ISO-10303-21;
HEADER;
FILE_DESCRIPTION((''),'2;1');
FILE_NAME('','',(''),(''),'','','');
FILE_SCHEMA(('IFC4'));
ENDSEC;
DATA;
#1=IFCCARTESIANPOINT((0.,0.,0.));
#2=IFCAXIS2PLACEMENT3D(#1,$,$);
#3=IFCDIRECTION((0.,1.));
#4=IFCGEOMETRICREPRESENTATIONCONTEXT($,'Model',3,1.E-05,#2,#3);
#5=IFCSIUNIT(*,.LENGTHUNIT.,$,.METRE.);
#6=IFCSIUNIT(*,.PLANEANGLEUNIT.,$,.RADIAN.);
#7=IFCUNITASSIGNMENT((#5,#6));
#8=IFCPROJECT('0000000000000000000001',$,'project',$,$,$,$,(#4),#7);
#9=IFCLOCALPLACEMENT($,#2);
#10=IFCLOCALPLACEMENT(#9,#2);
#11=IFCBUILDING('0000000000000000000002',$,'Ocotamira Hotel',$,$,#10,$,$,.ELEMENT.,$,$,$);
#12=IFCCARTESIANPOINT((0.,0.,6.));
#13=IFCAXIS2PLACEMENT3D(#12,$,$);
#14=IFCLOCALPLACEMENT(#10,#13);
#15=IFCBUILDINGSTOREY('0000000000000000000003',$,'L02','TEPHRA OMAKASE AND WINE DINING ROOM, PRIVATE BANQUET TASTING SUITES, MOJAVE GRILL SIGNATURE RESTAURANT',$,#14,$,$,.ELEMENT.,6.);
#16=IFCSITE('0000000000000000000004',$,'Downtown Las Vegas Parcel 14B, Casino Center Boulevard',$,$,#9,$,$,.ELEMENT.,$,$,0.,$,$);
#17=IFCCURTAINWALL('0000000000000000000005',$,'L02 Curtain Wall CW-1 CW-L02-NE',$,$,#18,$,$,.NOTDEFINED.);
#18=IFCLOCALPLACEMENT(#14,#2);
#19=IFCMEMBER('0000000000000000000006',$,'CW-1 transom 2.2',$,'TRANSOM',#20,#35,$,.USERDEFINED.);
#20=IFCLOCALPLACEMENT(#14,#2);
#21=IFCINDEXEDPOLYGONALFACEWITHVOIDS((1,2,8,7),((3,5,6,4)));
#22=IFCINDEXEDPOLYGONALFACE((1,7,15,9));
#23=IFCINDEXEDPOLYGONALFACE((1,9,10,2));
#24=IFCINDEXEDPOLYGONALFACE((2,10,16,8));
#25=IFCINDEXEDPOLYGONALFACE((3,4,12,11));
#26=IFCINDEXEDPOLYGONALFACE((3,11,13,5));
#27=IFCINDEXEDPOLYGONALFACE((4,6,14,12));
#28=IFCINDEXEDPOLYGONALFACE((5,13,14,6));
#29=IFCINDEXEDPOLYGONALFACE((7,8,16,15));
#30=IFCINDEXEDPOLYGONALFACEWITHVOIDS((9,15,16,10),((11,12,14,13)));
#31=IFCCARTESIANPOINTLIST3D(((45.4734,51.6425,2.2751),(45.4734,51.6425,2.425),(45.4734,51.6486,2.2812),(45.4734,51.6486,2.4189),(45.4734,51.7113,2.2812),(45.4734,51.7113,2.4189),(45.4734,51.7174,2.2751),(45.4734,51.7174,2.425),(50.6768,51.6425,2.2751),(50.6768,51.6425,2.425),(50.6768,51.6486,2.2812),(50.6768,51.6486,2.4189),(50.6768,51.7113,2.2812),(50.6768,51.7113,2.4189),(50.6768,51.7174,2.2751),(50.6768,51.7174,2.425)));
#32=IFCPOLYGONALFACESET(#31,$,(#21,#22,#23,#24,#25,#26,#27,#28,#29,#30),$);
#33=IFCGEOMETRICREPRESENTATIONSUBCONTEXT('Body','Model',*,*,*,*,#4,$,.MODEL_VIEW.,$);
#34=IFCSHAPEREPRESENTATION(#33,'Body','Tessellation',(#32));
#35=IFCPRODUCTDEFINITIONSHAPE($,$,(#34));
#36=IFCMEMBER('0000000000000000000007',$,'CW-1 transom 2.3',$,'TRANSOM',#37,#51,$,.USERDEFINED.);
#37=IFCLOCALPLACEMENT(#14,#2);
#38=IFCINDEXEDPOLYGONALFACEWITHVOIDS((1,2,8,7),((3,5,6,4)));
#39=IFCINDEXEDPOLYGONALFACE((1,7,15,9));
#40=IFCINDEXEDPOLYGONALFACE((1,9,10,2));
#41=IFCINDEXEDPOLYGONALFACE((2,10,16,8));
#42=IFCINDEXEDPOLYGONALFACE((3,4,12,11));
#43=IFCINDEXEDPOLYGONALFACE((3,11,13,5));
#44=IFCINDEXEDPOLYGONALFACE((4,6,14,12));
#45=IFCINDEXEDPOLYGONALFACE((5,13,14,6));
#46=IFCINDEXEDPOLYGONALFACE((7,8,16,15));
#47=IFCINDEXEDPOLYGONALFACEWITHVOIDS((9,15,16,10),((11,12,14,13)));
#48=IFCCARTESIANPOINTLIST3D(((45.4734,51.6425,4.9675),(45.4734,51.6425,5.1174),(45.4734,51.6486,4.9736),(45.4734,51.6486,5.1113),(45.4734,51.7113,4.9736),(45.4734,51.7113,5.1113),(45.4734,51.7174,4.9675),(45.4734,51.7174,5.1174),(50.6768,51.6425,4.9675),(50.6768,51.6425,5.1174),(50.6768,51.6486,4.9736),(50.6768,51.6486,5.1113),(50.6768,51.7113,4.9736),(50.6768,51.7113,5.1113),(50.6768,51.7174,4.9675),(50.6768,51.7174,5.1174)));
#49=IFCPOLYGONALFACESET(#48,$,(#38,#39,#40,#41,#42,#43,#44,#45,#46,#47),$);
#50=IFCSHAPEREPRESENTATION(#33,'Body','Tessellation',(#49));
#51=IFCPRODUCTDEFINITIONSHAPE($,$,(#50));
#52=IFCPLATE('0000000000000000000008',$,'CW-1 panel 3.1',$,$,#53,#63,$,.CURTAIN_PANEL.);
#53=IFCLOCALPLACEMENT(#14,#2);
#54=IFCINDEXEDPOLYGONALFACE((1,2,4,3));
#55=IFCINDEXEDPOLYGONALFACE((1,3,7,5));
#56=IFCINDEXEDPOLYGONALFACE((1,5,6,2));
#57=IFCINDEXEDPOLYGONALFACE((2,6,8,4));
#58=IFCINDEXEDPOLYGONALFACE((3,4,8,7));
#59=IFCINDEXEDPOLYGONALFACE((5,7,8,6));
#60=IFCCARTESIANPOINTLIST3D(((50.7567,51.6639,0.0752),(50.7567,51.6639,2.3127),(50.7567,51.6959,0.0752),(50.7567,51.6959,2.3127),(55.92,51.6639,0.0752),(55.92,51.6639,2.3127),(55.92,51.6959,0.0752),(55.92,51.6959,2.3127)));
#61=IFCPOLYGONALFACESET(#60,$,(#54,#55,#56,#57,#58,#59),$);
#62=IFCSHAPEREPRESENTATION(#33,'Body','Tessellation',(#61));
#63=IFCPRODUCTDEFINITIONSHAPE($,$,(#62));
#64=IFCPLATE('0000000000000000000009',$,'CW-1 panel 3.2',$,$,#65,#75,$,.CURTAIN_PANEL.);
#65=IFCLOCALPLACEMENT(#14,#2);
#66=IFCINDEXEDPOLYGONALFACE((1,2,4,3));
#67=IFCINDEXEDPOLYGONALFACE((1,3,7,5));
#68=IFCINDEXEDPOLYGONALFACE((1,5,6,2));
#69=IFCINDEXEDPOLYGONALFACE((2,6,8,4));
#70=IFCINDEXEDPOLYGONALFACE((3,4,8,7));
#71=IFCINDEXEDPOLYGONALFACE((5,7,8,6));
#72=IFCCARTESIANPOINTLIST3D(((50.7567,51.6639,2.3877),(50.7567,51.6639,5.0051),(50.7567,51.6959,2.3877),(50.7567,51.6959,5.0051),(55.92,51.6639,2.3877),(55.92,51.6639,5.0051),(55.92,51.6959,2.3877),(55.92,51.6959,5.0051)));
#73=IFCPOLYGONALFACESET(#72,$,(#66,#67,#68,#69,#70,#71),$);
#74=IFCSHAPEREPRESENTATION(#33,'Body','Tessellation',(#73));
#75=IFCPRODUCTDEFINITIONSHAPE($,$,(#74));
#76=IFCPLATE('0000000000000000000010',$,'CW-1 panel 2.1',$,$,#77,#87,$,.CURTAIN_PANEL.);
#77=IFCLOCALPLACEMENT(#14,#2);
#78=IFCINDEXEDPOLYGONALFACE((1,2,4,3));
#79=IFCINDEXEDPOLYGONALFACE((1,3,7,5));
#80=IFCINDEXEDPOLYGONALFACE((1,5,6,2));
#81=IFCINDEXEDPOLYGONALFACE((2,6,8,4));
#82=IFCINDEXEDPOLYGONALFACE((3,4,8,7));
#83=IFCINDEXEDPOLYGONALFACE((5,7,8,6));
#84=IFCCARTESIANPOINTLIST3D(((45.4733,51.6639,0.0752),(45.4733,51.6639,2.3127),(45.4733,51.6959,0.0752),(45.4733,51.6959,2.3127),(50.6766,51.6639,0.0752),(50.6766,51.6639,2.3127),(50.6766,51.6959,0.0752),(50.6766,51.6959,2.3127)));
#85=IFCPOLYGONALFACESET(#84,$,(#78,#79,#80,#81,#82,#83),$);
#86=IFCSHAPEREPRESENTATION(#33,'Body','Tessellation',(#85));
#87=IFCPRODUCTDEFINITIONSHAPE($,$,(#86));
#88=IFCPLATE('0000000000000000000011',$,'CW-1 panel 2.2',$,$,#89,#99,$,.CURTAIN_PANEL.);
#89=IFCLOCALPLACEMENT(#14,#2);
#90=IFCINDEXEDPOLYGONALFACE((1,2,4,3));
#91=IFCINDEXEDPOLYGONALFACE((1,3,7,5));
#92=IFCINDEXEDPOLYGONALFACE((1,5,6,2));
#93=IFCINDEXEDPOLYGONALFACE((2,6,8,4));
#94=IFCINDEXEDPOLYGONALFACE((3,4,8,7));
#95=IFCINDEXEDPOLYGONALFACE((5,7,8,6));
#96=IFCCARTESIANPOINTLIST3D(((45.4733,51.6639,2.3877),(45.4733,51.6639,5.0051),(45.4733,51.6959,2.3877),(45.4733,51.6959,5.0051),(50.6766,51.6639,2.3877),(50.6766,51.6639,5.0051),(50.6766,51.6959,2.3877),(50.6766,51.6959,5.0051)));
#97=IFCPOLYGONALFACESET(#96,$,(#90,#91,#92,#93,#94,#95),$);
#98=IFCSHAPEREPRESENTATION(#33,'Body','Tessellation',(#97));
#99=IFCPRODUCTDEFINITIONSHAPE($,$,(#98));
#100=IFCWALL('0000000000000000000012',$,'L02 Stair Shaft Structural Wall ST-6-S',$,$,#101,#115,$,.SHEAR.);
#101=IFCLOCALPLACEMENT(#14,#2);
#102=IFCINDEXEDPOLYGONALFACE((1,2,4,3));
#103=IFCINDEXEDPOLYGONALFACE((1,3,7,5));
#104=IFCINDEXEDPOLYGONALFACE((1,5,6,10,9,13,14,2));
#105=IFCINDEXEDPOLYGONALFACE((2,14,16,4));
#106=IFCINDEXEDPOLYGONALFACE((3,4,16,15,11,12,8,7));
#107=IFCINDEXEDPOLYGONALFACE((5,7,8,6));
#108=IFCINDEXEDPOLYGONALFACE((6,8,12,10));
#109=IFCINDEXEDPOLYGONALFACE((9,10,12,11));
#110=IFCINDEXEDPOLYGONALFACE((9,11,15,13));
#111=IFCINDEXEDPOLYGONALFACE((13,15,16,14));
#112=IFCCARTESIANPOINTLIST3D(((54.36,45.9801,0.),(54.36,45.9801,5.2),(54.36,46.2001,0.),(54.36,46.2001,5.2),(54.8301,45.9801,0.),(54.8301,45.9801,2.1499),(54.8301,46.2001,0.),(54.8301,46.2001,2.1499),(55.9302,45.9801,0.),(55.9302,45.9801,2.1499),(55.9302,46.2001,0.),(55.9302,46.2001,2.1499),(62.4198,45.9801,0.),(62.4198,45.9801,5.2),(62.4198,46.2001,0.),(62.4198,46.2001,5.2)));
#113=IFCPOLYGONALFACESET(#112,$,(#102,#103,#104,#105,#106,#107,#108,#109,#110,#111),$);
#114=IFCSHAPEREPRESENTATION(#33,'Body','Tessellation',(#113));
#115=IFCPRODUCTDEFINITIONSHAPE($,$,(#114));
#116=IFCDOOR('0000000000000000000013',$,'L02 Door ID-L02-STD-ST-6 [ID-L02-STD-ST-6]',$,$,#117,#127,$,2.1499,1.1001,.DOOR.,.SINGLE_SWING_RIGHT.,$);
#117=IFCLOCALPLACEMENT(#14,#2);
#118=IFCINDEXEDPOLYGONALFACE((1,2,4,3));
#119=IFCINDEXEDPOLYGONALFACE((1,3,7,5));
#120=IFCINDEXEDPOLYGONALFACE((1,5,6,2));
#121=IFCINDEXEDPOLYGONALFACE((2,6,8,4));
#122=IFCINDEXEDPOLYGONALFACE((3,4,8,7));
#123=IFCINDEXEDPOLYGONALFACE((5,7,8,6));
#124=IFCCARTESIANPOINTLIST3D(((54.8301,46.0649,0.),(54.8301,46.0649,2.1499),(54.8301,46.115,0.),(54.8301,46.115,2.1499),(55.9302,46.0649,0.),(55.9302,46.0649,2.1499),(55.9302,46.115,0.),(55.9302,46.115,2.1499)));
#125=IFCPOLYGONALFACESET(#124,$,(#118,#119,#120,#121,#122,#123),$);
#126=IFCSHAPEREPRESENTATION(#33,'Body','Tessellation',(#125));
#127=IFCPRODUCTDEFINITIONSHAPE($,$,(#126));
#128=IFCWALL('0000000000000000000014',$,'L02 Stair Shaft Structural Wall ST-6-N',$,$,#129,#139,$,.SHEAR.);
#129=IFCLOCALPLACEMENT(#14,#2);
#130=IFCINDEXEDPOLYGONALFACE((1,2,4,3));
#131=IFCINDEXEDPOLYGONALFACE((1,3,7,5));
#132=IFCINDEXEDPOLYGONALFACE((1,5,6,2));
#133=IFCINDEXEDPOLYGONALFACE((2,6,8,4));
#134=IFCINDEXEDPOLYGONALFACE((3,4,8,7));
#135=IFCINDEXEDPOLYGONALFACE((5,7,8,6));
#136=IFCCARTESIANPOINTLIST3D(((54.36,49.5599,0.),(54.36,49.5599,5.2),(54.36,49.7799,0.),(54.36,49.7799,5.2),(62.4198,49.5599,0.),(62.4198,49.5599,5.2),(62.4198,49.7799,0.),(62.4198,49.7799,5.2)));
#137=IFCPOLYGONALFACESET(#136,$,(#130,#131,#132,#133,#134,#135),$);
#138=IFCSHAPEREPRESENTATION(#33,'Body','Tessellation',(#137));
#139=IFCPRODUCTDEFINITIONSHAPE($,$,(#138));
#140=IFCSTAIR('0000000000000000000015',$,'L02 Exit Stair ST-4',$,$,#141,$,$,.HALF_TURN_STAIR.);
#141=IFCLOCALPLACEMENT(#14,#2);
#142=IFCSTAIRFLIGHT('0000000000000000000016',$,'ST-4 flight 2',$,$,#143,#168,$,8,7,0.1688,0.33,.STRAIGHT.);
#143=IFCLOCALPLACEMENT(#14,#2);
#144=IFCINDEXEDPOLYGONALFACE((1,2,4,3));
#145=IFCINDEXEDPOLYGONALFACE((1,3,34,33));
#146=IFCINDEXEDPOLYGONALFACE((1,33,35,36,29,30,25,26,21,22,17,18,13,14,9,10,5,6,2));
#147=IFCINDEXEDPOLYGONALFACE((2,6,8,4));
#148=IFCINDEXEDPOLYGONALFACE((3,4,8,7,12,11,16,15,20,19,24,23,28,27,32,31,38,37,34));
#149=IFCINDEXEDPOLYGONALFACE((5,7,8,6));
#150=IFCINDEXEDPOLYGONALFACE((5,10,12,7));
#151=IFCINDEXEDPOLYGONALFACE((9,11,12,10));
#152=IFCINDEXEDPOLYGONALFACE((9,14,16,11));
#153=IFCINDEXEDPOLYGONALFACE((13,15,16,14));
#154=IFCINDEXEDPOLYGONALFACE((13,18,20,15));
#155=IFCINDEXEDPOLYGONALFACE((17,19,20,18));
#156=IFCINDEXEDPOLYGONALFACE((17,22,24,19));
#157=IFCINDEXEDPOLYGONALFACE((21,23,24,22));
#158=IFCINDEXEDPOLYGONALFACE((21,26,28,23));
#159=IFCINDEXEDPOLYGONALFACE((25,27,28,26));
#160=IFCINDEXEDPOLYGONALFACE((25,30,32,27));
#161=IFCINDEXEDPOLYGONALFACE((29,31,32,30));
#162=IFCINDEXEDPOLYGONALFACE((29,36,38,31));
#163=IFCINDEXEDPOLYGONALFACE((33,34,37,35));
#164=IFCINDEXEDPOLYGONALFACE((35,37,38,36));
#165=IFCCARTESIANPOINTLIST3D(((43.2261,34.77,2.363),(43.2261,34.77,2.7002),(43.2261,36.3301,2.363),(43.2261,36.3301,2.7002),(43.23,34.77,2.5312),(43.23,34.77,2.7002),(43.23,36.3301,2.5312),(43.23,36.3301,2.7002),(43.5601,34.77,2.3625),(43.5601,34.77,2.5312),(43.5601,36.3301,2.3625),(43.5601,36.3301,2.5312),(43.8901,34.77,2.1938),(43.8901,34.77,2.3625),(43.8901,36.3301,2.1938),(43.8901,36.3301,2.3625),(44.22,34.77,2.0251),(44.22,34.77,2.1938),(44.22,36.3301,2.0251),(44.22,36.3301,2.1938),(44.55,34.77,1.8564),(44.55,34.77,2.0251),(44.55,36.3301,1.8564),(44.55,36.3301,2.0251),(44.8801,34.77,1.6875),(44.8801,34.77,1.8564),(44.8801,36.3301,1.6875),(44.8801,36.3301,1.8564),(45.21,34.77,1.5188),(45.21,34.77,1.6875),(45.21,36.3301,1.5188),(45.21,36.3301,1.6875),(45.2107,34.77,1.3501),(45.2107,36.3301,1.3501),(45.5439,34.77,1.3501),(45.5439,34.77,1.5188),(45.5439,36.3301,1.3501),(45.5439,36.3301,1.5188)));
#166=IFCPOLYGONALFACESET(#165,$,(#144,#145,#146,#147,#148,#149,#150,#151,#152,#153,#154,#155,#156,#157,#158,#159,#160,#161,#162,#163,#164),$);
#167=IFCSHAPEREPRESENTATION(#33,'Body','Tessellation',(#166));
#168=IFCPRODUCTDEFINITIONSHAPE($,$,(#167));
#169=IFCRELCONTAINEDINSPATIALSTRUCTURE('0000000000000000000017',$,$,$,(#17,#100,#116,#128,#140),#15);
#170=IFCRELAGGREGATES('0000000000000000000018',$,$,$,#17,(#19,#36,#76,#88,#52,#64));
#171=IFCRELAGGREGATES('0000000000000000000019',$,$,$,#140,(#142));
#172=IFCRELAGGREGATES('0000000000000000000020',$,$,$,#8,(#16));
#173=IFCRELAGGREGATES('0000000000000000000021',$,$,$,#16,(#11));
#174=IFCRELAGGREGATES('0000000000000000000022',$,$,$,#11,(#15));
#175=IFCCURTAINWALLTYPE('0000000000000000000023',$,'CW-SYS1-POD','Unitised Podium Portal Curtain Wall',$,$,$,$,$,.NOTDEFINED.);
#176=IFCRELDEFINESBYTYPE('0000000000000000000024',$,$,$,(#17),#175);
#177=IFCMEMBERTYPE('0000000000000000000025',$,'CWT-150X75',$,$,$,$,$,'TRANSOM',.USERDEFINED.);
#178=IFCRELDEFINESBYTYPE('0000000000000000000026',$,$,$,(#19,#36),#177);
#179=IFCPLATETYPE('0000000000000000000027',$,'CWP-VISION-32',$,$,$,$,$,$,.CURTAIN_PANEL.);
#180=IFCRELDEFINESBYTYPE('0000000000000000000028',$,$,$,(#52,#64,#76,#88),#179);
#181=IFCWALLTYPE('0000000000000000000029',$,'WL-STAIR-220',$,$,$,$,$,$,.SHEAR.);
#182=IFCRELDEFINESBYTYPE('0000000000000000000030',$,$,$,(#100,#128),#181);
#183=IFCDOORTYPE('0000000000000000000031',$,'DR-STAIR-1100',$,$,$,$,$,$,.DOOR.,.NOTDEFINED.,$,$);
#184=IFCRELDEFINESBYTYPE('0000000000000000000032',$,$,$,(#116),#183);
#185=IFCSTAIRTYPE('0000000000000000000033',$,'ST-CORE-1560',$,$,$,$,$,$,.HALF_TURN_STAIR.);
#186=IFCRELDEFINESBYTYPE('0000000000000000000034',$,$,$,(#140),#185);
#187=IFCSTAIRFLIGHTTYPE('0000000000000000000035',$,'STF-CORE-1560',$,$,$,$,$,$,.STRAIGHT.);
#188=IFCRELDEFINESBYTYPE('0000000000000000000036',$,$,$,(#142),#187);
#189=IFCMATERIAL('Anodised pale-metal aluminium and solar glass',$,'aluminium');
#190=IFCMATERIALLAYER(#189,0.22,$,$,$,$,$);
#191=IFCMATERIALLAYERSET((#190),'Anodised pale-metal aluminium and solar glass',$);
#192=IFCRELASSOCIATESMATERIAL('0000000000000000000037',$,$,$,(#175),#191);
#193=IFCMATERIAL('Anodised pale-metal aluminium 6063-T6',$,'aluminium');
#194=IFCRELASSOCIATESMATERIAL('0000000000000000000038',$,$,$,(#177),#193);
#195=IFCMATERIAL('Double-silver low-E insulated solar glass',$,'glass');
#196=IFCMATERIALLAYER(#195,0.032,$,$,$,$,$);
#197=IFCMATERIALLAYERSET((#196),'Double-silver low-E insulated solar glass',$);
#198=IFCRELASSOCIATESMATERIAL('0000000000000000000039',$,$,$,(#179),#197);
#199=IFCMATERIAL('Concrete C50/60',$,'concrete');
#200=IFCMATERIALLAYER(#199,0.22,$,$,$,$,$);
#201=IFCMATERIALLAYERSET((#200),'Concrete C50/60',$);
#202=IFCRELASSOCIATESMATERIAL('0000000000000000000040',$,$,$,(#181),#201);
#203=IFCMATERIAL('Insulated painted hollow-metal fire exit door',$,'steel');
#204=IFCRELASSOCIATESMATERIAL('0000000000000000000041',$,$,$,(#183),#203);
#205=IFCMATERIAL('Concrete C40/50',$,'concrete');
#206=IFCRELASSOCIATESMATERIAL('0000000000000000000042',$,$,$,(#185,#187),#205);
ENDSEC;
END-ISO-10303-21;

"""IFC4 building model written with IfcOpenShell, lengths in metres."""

from ifc_helpers import new_model, si_unit, direction, frame, frame_2d, origin, origin_2d, place, context, subcontext, project, spatial, polyline, rectangle, hollow_rectangle, outline, extrude, source, transform, mapped, material, layer, layer_set, material_profile, profile_set, type_object, element, fill, aggregate, save


model = new_model("IFC4")

# Units and contexts
model_context = context("Model", 3, precision=1e-05, world=origin(), true_north=direction((0.0, 1.0)))
body_context = subcontext(model_context, "Body", "Model", "MODEL_VIEW")
ifc_project = project(units=[si_unit("LENGTHUNIT", "METRE"), si_unit("PLANEANGLEUNIT", "RADIAN")], contexts=[model_context])

# Site, building, storey
site_placement = place(None, origin())
site = spatial("IfcSite", under=ifc_project, at=site_placement, Name="Downtown Las Vegas Parcel 14B, Casino Center Boulevard", CompositionType="ELEMENT", RefElevation=0.0)
building_placement = place(site_placement, origin())
building = spatial("IfcBuilding", under=site, at=building_placement, Name="Ocotamira Hotel", CompositionType="ELEMENT")
storey_placement = place(building_placement, frame((0.0, 0.0, 6.0)))
storey = spatial("IfcBuildingStorey", under=building, at=storey_placement, Name="L02", Description="TEPHRA OMAKASE AND WINE DINING ROOM, PRIVATE BANQUET TASTING SUITES, MOJAVE GRILL SIGNATURE RESTAURANT", CompositionType="ELEMENT", Elevation=6.0)

# Curtain wall, members, plates
ifc_material_1 = material(Name="Anodised pale-metal aluminium and solar glass", Category="aluminium")
ifc_layer_1 = layer(ifc_material_1, 0.22)
ifc_layer_set_1 = layer_set([ifc_layer_1], Name="Anodised pale-metal aluminium and solar glass")
curtain_wall_type = type_object("IfcCurtainWallType", Name="CW-SYS1-POD", Description="Unitised Podium Portal Curtain Wall", PredefinedType="NOTDEFINED", material=ifc_layer_set_1)
curtain_wall_placement = place(storey_placement, origin())
curtain_wall = element("IfcCurtainWall", 1, at=curtain_wall_placement, inside=storey, type_object=curtain_wall_type, Name="L02 Curtain Wall CW-1 CW-L02-NE", PredefinedType="NOTDEFINED")
ifc_material_2 = material(Name="Anodised pale-metal aluminium 6063-T6", Category="aluminium")
ifc_material_profile_1 = material_profile(ifc_material_2, hollow_rectangle(XDim=0.075, YDim=0.1499, WallThickness=0.0061, at=origin_2d()), Name="HSS150X75X6")
ifc_profile_set_1 = profile_set([ifc_material_profile_1], Name="Anodised pale-metal aluminium 6063-T6")
member_type_1 = type_object("IfcMemberType", Name="CWT-150X75", ElementType="TRANSOM", PredefinedType="USERDEFINED", material=ifc_profile_set_1)
shared_shape_1 = source(origin(), body_context, "Body", "SweptSolid", [
    extrude(hollow_rectangle(XDim=0.075, YDim=0.1499, WallThickness=0.0061, at=origin_2d()), origin(), (0.0, 0.0, 1.0), 5.2034),
])
member_1_placement = place(storey_placement, frame((45.4734, 51.6799, 2.3501), z_axis=(1.0, 0.0, 0.0), x_axis=(0.0, 1.0, 0.0)))
member_1 = element("IfcMember", 2, at=member_1_placement, type_object=member_type_1, Name="CW-1 transom 2.2", ObjectType="TRANSOM", PredefinedType="USERDEFINED", context=body_context, shape_type="MappedRepresentation", body=[
    mapped(shared_shape_1, transform((0.0, 0.0, 0.0), scale=1.0)),
])
member_2_placement = place(storey_placement, frame((45.4734, 51.6799, 5.0425), z_axis=(1.0, 0.0, 0.0), x_axis=(0.0, 1.0, 0.0)))
member_2 = element("IfcMember", 3, at=member_2_placement, type_object=member_type_1, Name="CW-1 transom 2.3", ObjectType="TRANSOM", PredefinedType="USERDEFINED", context=body_context, shape_type="MappedRepresentation", body=[
    mapped(shared_shape_1, transform((0.0, 0.0, 0.0), scale=1.0)),
])
ifc_material_3 = material(Name="Double-silver low-E insulated solar glass", Category="glass")
ifc_layer_2 = layer(ifc_material_3, 0.032)
ifc_layer_set_2 = layer_set([ifc_layer_2], Name="Double-silver low-E insulated solar glass")
plate_type = type_object("IfcPlateType", Name="CWP-VISION-32", PredefinedType="CURTAIN_PANEL", material=ifc_layer_set_2)
shared_shape_2 = source(origin(), body_context, "Body", "SweptSolid", [
    extrude(rectangle(XDim=5.1633, YDim=0.032, at=origin_2d()), origin(), (0.0, 0.0, 1.0), 2.2375),
])
plate_1_placement = place(storey_placement, frame((53.3384, 51.6799, 0.0752), z_axis=(0.0, 0.0, 1.0), x_axis=(1.0, 0.0, 0.0)))
plate_1 = element("IfcPlate", 4, at=plate_1_placement, type_object=plate_type, Name="CW-1 panel 3.1", PredefinedType="CURTAIN_PANEL", context=body_context, shape_type="MappedRepresentation", body=[
    mapped(shared_shape_2, transform((0.0, 0.0, 0.0), scale=1.0)),
])
shared_shape_3 = source(origin(), body_context, "Body", "SweptSolid", [
    extrude(rectangle(XDim=5.1633, YDim=0.032, at=origin_2d()), origin(), (0.0, 0.0, 1.0), 2.6174),
])
plate_2_placement = place(storey_placement, frame((53.3384, 51.6799, 2.3877), z_axis=(0.0, 0.0, 1.0), x_axis=(1.0, 0.0, 0.0)))
plate_2 = element("IfcPlate", 5, at=plate_2_placement, type_object=plate_type, Name="CW-1 panel 3.2", PredefinedType="CURTAIN_PANEL", context=body_context, shape_type="MappedRepresentation", body=[
    mapped(shared_shape_3, transform((0.0, 0.0, 0.0), scale=1.0)),
])
shared_shape_4 = source(origin(), body_context, "Body", "SweptSolid", [
    extrude(rectangle(XDim=5.2034, YDim=0.032, at=origin_2d()), origin(), (0.0, 0.0, 1.0), 2.2375),
])
plate_3_placement = place(storey_placement, frame((48.075, 51.6799, 0.0752), z_axis=(0.0, 0.0, 1.0), x_axis=(1.0, 0.0, 0.0)))
plate_3 = element("IfcPlate", 6, at=plate_3_placement, type_object=plate_type, Name="CW-1 panel 2.1", PredefinedType="CURTAIN_PANEL", context=body_context, shape_type="MappedRepresentation", body=[
    mapped(shared_shape_4, transform((0.0, 0.0, 0.0), scale=1.0)),
])
shared_shape_5 = source(origin(), body_context, "Body", "SweptSolid", [
    extrude(rectangle(XDim=5.2034, YDim=0.032, at=origin_2d()), origin(), (0.0, 0.0, 1.0), 2.6174),
])
plate_4_placement = place(storey_placement, frame((48.075, 51.6799, 2.3877), z_axis=(0.0, 0.0, 1.0), x_axis=(1.0, 0.0, 0.0)))
plate_4 = element("IfcPlate", 7, at=plate_4_placement, type_object=plate_type, Name="CW-1 panel 2.2", PredefinedType="CURTAIN_PANEL", context=body_context, shape_type="MappedRepresentation", body=[
    mapped(shared_shape_5, transform((0.0, 0.0, 0.0), scale=1.0)),
])
aggregate(curtain_wall, [member_1, member_2, plate_3, plate_4, plate_1, plate_2])

# Wall, opening, door
ifc_material_4 = material(Name="Concrete C50/60", Category="concrete")
ifc_layer_3 = layer(ifc_material_4, 0.22)
ifc_layer_set_3 = layer_set([ifc_layer_3], Name="Concrete C50/60")
wall_type = type_object("IfcWallType", Name="WL-STAIR-220", PredefinedType="SHEAR", material=ifc_layer_set_3)
wall_1_placement = place(storey_placement, frame((54.3601, 46.0901, 0.0), z_axis=(0.0, 0.0, 1.0), x_axis=(1.0, 0.0, 0.0)))
wall_1 = element("IfcWall", 8, at=wall_1_placement, inside=storey, type_object=wall_type, Name="L02 Stair Shaft Structural Wall ST-6-S", PredefinedType="SHEAR", context=body_context, shape_type="SweptSolid", body=[
    extrude(rectangle(XDim=8.0598, YDim=0.22, at=frame_2d((4.0298, 0.0))), origin(), (0.0, 0.0, 1.0), 5.2),
])
opening_placement = place(wall_1_placement, frame((0.47, 0.0, 0.0)))
opening = element("IfcOpeningElement", 9, at=opening_placement, cuts=wall_1, PredefinedType="OPENING", context=body_context, shape_type="SweptSolid", body=[
    extrude(rectangle(XDim=1.1001, YDim=2.1499, at=frame_2d((0.55, 1.075))), frame((0.0, 0.1201, 0.0), z_axis=(0.0, -1.0, 0.0), x_axis=(1.0, 0.0, 0.0)), (0.0, 0.0, 1.0), 0.24),
])
ifc_material_5 = material(Name="Insulated painted hollow-metal fire exit door", Category="steel")
door_type = type_object("IfcDoorType", Name="DR-STAIR-1100", OperationType="NOTDEFINED", PredefinedType="DOOR", material=ifc_material_5)
shared_shape_6 = source(origin(), body_context, "Body", "SweptSolid", [
    extrude(rectangle(XDim=1.1001, YDim=2.1499, at=frame_2d((0.55, 1.075))), frame((0.0, 0.0249, 0.0), z_axis=(0.0, -1.0, 0.0), x_axis=(1.0, 0.0, 0.0)), (0.0, 0.0, 1.0), 0.05),
])
door_placement = place(opening_placement, origin())
door = element("IfcDoor", 10, at=door_placement, inside=storey, type_object=door_type, Name="L02 Door ID-L02-STD-ST-6 [ID-L02-STD-ST-6]", OperationType="SINGLE_SWING_RIGHT", OverallHeight=2.1499, OverallWidth=1.1001, PredefinedType="DOOR", context=body_context, shape_type="MappedRepresentation", body=[
    mapped(shared_shape_6, transform((0.0, 0.0, 0.0), scale=1.0)),
])
fill(opening, door)

# Wall
wall_2_placement = place(storey_placement, frame((54.3601, 49.6699, 0.0), z_axis=(0.0, 0.0, 1.0), x_axis=(1.0, 0.0, 0.0)))
element("IfcWall", 11, at=wall_2_placement, inside=storey, type_object=wall_type, Name="L02 Stair Shaft Structural Wall ST-6-N", PredefinedType="SHEAR", context=body_context, shape_type="SweptSolid", body=[
    extrude(rectangle(XDim=8.0598, YDim=0.22, at=frame_2d((4.0298, 0.0))), origin(), (0.0, 0.0, 1.0), 5.2),
])

# Stair, stair flight
ifc_material_6 = material(Name="Concrete C40/50", Category="concrete")
stair_type = type_object("IfcStairType", Name="ST-CORE-1560", PredefinedType="HALF_TURN_STAIR", material=ifc_material_6)
stair_placement = place(storey_placement, origin())
stair = element("IfcStair", 12, at=stair_placement, inside=storey, type_object=stair_type, Name="L02 Exit Stair ST-4", PredefinedType="HALF_TURN_STAIR")
stair_flight_type = type_object("IfcStairFlightType", Name="STF-CORE-1560", PredefinedType="STRAIGHT", material=ifc_material_6)
shared_shape_7 = source(origin(), body_context, "Body", "SweptSolid", [
    extrude(outline(polyline([(-0.0039, 0.0), (-0.0039, 0.1687), (0.3301, 0.1687), (0.3301, 0.3374), (0.6599, 0.3374), (0.6599, 0.5063), (0.99, 0.5063), (0.99, 0.675), (1.3201, 0.675), (1.3201, 0.8438), (1.6499, 0.8438), (1.6499, 1.0125), (1.98, 1.0125), (1.98, 1.1812), (2.3101, 1.1812), (2.3101, 1.3501), (2.314, 1.3501), (2.314, 1.0129), (0.3293, 0.0), (-0.0039, 0.0)])), frame((0.0, 0.78, 0.0), z_axis=(0.0, -1.0, 0.0), x_axis=(1.0, 0.0, 0.0)), (0.0, 0.0, 1.0), 1.5601),
])
stair_flight_1_placement = place(storey_placement, frame((45.54, 35.55, 1.3501), z_axis=(0.0, 0.0, 1.0), x_axis=(-1.0, 0.0, 0.0)))
stair_flight_1 = element("IfcStairFlight", 13, at=stair_flight_1_placement, type_object=stair_flight_type, Name="ST-4 flight 2", NumberOfRisers=8, NumberOfTreads=7, PredefinedType="STRAIGHT", RiserHeight=0.1688, TreadLength=0.33, context=body_context, shape_type="MappedRepresentation", body=[
    mapped(shared_shape_7, transform((0.0, 0.0, 0.0), scale=1.0)),
])
aggregate(stair, [stair_flight_1])

save(model, "model.ifc")
